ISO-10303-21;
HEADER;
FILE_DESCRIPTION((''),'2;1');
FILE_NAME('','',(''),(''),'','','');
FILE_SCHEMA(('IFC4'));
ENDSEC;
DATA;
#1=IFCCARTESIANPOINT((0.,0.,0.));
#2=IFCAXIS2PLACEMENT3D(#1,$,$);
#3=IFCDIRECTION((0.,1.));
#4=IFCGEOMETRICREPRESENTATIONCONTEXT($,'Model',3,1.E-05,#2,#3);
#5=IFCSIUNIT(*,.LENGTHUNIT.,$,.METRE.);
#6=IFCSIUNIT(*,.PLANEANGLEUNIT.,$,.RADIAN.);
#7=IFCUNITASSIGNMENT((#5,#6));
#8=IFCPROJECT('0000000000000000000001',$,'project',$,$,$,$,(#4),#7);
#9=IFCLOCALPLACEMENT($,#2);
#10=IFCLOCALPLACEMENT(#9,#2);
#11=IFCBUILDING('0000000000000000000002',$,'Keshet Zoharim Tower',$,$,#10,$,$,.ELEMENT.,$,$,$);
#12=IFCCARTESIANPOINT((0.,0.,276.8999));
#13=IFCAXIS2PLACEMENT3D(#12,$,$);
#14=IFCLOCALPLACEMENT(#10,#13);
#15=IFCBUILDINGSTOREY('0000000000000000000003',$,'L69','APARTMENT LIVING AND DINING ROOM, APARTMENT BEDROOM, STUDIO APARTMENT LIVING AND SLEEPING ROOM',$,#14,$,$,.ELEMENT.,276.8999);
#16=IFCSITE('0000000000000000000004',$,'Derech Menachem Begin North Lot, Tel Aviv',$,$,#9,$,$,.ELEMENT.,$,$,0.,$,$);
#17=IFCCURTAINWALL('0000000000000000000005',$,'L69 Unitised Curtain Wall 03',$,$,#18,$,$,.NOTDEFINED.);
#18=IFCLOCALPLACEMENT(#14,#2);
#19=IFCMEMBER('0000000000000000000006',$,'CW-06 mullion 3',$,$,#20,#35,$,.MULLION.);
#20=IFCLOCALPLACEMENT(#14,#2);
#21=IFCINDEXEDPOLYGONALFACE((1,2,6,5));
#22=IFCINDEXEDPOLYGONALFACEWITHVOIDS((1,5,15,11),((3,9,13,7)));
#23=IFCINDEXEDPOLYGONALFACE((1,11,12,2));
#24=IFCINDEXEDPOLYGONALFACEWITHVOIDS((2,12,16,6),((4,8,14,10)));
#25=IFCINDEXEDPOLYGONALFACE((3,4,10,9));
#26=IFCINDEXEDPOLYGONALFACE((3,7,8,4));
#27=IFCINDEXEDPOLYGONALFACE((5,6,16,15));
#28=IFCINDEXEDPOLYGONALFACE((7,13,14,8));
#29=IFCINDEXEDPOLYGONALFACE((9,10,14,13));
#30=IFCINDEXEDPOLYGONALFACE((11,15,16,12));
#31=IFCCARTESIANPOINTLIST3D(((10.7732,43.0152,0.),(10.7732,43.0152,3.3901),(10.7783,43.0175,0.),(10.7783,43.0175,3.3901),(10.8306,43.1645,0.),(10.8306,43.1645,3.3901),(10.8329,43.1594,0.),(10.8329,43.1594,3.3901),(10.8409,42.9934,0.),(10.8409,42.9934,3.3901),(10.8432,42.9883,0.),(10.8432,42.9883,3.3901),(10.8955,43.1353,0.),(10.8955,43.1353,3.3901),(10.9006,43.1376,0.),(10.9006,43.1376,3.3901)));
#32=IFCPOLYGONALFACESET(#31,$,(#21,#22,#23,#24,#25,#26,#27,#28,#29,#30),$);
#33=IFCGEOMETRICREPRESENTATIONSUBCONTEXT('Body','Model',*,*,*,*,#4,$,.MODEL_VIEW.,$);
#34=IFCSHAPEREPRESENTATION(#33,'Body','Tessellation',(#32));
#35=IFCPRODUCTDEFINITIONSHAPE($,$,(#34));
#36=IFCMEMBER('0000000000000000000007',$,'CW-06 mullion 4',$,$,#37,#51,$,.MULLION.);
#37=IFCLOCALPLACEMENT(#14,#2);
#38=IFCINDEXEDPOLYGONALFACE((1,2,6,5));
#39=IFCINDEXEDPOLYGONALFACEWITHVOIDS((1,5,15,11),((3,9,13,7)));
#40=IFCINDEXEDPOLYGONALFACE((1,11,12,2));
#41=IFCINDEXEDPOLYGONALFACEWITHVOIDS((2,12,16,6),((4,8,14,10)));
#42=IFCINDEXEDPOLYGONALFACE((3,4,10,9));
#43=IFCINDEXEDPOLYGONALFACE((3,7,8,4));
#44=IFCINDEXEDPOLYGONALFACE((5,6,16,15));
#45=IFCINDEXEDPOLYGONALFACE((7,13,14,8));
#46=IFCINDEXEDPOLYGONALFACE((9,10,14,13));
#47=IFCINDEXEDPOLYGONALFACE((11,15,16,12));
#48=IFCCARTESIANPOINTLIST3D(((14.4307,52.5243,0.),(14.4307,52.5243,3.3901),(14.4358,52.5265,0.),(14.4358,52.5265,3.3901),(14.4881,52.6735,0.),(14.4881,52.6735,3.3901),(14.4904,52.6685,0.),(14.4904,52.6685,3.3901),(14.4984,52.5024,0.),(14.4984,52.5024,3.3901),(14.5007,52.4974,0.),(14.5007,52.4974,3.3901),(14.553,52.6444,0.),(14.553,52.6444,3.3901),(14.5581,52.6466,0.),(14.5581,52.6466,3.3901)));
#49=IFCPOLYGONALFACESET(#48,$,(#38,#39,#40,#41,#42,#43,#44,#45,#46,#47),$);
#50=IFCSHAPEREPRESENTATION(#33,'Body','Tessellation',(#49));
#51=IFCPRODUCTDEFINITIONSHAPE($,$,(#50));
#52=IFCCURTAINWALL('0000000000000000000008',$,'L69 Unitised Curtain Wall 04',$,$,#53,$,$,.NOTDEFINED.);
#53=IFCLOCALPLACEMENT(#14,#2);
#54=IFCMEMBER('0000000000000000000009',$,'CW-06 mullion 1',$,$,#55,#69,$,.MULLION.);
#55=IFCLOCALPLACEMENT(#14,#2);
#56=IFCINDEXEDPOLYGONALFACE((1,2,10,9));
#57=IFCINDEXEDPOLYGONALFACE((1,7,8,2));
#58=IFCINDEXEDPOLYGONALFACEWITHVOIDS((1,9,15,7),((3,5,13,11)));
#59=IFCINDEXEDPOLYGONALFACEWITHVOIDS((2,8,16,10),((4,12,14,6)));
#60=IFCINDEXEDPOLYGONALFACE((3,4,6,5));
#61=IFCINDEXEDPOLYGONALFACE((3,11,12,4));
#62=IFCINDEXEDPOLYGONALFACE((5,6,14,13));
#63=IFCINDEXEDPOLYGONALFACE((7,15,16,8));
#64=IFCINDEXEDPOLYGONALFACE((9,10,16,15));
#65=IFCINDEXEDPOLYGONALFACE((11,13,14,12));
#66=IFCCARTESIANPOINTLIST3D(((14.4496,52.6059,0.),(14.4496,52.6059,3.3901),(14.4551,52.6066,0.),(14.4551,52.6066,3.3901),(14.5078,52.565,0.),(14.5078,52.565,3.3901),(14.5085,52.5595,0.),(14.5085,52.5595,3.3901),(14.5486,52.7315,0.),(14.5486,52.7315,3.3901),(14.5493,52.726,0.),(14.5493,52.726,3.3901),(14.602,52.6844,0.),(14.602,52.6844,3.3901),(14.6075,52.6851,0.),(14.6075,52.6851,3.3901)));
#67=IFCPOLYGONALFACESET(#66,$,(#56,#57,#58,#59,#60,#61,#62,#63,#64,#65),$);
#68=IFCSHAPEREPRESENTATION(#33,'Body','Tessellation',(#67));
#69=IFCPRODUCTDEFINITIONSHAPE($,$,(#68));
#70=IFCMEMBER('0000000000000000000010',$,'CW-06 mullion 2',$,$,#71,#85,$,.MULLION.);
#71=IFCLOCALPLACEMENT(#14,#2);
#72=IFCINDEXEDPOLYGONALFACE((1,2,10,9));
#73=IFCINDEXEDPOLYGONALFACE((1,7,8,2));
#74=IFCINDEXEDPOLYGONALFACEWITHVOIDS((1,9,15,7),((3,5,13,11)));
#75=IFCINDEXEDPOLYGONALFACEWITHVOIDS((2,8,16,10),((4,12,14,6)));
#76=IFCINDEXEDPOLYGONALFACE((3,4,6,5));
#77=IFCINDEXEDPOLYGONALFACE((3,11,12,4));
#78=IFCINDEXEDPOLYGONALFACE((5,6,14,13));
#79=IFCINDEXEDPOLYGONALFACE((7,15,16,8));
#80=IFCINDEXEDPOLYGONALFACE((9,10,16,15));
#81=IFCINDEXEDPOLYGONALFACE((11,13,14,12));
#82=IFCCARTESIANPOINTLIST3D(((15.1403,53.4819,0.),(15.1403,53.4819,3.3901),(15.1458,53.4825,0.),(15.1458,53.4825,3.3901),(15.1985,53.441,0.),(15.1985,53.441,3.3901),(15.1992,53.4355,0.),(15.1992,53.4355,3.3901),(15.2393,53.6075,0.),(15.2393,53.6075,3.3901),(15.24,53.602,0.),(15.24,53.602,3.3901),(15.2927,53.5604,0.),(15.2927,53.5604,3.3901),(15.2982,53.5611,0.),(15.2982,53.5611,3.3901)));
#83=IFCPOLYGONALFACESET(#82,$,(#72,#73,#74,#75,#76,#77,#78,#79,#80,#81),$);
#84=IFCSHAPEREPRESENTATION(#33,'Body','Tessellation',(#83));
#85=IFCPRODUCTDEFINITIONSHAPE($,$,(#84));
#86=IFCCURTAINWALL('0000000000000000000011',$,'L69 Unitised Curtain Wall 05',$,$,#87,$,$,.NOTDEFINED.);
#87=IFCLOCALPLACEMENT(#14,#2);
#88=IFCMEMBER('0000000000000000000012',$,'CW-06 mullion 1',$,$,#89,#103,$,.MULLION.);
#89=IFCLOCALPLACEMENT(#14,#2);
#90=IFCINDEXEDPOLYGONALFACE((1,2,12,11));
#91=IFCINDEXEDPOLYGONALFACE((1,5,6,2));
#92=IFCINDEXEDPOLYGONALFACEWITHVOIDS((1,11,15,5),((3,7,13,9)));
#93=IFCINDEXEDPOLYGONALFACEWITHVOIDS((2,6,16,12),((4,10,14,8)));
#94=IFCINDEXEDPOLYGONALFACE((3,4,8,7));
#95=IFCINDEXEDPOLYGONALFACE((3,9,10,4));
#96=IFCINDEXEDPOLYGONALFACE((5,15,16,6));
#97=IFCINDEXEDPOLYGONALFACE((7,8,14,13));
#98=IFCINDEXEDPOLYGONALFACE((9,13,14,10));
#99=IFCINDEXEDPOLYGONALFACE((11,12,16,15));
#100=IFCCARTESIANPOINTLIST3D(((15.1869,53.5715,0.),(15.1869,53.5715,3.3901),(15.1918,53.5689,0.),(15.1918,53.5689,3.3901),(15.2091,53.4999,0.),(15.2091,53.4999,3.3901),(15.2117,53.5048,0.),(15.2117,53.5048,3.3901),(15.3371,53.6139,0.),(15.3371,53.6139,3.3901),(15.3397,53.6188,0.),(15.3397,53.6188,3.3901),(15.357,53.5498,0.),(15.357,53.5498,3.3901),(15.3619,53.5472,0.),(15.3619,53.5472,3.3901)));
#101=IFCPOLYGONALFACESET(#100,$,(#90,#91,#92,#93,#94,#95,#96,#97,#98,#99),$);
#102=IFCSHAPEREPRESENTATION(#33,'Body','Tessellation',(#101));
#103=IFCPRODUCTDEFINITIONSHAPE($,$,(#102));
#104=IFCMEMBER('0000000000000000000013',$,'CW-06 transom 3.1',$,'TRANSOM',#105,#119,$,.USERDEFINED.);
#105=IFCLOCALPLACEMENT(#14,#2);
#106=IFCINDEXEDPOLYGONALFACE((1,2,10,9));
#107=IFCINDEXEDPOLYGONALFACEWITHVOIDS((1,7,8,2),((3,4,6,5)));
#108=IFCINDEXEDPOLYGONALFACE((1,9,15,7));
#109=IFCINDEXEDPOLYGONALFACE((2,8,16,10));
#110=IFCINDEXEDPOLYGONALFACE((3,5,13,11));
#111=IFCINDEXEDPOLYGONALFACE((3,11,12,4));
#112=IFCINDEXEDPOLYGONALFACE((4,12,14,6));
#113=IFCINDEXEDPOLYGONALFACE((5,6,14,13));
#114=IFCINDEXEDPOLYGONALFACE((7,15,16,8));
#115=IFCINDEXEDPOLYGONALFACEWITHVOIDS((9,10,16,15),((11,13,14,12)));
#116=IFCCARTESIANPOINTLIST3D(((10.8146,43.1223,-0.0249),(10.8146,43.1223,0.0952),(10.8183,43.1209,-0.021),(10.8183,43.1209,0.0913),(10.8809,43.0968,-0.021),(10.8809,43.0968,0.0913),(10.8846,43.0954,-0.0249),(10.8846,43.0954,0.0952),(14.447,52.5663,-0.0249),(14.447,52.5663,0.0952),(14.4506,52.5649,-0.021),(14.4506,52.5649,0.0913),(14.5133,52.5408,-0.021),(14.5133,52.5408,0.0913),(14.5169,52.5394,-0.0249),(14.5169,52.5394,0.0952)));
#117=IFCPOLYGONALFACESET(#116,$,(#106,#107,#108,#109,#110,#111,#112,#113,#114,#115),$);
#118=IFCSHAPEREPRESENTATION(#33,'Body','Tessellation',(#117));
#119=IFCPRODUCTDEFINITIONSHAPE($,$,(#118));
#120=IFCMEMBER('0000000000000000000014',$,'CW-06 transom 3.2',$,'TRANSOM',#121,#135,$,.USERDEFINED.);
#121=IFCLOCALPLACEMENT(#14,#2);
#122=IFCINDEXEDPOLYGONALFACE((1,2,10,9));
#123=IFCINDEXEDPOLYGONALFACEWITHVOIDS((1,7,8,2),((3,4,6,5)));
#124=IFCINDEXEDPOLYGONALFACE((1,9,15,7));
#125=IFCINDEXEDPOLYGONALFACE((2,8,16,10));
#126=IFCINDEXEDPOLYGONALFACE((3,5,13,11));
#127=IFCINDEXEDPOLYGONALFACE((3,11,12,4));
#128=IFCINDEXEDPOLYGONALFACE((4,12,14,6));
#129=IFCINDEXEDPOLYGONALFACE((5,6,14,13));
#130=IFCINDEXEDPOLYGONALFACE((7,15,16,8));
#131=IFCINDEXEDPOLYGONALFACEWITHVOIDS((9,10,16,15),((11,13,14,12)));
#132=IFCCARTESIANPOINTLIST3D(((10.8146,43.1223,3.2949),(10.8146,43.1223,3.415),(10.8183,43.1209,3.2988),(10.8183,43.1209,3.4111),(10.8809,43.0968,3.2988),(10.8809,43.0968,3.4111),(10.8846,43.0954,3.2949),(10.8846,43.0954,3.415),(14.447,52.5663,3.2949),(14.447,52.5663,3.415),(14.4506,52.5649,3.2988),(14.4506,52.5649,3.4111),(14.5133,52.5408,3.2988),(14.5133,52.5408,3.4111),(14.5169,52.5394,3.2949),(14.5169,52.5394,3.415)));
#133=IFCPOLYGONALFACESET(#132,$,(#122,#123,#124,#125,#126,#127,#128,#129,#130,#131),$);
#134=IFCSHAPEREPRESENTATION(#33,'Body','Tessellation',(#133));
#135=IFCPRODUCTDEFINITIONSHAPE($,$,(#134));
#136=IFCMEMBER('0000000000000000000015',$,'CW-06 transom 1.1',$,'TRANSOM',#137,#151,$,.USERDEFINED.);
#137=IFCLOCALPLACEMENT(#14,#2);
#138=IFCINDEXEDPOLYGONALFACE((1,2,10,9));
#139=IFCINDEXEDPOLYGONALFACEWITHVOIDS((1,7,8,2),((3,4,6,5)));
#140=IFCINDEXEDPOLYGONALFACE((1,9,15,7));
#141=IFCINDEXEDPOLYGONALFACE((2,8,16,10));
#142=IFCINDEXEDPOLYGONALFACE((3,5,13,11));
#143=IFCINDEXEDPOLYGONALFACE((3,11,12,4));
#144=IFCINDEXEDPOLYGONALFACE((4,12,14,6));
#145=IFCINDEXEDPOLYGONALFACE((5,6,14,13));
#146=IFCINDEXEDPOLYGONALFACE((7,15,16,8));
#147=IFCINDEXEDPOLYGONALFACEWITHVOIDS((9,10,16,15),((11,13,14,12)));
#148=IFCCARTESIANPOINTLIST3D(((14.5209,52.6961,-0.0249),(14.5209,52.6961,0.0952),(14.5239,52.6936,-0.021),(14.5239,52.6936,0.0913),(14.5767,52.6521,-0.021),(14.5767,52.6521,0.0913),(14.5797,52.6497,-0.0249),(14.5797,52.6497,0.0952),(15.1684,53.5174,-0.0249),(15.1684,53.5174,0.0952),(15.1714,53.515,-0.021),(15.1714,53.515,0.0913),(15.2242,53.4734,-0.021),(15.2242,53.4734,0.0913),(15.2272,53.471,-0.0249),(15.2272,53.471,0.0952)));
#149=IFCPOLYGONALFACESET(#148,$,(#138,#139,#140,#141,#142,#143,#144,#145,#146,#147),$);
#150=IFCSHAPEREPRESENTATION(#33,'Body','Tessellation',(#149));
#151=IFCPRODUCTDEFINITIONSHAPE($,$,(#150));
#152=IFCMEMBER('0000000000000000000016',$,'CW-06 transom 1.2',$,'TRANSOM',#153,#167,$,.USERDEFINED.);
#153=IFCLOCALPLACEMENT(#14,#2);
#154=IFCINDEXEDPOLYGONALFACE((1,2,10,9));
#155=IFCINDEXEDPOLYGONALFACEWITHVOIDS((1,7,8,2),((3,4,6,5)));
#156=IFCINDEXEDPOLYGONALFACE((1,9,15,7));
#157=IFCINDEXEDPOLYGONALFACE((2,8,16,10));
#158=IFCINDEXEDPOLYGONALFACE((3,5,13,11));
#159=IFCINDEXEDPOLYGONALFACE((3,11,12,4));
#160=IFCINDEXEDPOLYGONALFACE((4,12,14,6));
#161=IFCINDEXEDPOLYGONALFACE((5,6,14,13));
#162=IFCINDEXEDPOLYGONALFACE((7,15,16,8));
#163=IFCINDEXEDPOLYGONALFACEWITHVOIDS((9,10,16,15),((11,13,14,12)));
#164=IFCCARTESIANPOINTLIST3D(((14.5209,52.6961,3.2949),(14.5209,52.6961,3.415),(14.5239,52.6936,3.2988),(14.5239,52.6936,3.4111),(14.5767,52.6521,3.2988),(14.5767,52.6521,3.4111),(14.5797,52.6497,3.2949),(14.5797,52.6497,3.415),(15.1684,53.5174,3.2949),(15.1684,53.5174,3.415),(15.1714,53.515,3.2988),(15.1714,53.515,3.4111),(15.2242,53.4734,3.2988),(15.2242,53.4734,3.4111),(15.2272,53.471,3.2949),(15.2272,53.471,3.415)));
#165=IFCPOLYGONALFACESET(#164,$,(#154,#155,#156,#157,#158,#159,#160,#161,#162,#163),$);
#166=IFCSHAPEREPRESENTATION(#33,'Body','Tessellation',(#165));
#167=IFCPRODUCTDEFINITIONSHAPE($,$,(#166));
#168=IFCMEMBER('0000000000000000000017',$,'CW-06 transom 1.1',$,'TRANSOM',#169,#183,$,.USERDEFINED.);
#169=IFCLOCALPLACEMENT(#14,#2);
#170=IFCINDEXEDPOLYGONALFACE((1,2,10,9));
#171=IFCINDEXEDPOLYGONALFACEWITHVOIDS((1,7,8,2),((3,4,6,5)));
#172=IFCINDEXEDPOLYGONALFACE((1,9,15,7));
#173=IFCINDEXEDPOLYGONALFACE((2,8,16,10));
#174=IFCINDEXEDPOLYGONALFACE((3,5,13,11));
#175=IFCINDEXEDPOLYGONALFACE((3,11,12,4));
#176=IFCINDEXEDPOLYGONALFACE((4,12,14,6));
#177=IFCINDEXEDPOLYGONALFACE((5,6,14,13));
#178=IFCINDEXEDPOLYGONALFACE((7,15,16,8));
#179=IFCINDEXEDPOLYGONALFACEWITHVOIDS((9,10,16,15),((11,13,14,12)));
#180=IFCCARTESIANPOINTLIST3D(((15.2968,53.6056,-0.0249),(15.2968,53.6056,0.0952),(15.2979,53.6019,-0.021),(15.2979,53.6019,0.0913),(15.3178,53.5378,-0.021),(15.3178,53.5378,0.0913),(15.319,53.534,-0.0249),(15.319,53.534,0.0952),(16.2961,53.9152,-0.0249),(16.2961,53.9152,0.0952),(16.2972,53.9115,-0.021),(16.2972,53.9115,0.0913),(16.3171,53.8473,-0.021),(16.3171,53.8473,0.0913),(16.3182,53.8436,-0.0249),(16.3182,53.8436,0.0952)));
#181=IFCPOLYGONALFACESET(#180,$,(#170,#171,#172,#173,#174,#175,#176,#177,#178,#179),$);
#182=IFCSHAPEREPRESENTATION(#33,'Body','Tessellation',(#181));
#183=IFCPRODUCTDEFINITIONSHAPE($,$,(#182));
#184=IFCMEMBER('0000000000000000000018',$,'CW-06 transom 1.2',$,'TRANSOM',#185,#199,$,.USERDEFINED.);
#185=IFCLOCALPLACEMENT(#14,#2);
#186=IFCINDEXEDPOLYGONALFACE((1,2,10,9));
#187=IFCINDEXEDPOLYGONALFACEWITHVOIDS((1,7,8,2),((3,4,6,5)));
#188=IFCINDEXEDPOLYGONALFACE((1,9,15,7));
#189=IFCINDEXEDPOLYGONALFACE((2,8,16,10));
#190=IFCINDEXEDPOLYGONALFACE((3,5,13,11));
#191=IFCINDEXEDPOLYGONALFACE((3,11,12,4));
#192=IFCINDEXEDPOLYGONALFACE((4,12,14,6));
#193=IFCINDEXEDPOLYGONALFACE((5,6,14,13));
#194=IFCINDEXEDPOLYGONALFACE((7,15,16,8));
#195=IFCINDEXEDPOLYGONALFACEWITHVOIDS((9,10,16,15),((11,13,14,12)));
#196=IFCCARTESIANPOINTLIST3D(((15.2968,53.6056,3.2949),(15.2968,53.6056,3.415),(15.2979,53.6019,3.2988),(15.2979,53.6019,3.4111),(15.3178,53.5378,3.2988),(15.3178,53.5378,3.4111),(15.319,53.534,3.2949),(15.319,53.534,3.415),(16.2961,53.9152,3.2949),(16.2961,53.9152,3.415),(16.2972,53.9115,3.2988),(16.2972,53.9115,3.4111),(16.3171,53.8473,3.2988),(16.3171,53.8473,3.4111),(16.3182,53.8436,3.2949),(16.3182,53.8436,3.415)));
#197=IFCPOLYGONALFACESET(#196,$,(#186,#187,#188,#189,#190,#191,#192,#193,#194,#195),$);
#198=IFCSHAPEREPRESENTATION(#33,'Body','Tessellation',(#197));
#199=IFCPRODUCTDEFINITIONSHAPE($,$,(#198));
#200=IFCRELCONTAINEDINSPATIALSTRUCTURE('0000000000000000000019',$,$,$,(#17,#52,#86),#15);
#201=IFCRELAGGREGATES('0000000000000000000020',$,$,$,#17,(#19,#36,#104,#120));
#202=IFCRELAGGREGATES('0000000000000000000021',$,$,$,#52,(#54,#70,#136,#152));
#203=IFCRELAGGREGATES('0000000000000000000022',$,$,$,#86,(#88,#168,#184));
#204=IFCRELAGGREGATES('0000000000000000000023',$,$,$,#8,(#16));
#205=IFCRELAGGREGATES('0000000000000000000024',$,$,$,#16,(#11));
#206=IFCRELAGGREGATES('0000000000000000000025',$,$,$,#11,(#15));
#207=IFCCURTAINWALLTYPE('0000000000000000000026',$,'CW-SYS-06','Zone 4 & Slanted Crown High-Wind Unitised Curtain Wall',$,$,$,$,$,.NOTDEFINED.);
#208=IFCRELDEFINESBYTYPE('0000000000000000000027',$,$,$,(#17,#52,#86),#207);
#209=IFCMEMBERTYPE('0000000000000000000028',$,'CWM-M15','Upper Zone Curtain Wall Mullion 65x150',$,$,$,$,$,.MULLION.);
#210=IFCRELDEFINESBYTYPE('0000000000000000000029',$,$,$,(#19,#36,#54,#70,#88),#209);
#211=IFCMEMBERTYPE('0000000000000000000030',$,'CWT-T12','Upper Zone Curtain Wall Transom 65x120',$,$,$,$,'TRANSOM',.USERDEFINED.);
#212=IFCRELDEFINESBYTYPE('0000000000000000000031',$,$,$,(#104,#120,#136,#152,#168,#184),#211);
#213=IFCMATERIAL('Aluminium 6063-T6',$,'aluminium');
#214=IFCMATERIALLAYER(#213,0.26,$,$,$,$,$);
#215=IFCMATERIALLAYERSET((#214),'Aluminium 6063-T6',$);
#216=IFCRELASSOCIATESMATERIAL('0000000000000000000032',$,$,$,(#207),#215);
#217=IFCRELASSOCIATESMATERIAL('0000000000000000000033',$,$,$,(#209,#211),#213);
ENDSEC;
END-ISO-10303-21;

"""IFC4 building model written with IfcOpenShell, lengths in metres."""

from ifc_helpers import new_model, si_unit, direction, frame, origin, origin_2d, place, context, subcontext, project, spatial, hollow_rectangle, extrude, material, layer, layer_set, material_profile, profile_set, type_object, element, aggregate, save


model = new_model("IFC4")

# Units and contexts
model_context = context("Model", 3, precision=1e-05, world=origin(), true_north=direction((0.0, 1.0)))
body_context = subcontext(model_context, "Body", "Model", "MODEL_VIEW")
ifc_project = project(units=[si_unit("LENGTHUNIT", "METRE"), si_unit("PLANEANGLEUNIT", "RADIAN")], contexts=[model_context])

# Site, building, storey
site_placement = place(None, origin())
site = spatial("IfcSite", under=ifc_project, at=site_placement, Name="Derech Menachem Begin North Lot, Tel Aviv", CompositionType="ELEMENT", RefElevation=0.0)
building_placement = place(site_placement, origin())
building = spatial("IfcBuilding", under=site, at=building_placement, Name="Keshet Zoharim Tower", CompositionType="ELEMENT")
storey_placement = place(building_placement, frame((0.0, 0.0, 276.8999)))
storey = spatial("IfcBuildingStorey", under=building, at=storey_placement, Name="L69", Description="APARTMENT LIVING AND DINING ROOM, APARTMENT BEDROOM, STUDIO APARTMENT LIVING AND SLEEPING ROOM", CompositionType="ELEMENT", Elevation=276.8999)

# Curtain walls, members
ifc_material_1 = material(Name="Aluminium 6063-T6", Category="aluminium")
ifc_layer_1 = layer(ifc_material_1, 0.26)
ifc_layer_set_1 = layer_set([ifc_layer_1], Name="Aluminium 6063-T6")
curtain_wall_type = type_object("IfcCurtainWallType", Name="CW-SYS-06", Description="Zone 4 & Slanted Crown High-Wind Unitised Curtain Wall", PredefinedType="NOTDEFINED", material=ifc_layer_set_1)
curtain_wall_1_placement = place(storey_placement, origin())
curtain_wall_1 = element("IfcCurtainWall", 1, at=curtain_wall_1_placement, inside=storey, type_object=curtain_wall_type, Name="L69 Unitised Curtain Wall 03", PredefinedType="NOTDEFINED")
ifc_material_profile_1 = material_profile(ifc_material_1, hollow_rectangle(XDim=0.075, YDim=0.1599, WallThickness=0.0039, at=origin_2d()), Name="MUL-75x160")
ifc_profile_set_1 = profile_set([ifc_material_profile_1], Name="Aluminium 6063-T6")
member_type_1 = type_object("IfcMemberType", Name="CWM-M15", Description="Upper Zone Curtain Wall Mullion 65x150", PredefinedType="MULLION", material=ifc_profile_set_1)
member_1_placement = place(storey_placement, frame((10.8369, 43.0764, 0.0), z_axis=(0.0, 0.0, 1.0), x_axis=(-0.933341, 0.35899, 0.0)))
member_1 = element("IfcMember", 2, at=member_1_placement, type_object=member_type_1, Name="CW-06 mullion 3", PredefinedType="MULLION", context=body_context, shape_type="SweptSolid", body=[
    extrude(hollow_rectangle(XDim=0.075, YDim=0.1599, WallThickness=0.0039, at=origin_2d()), origin(), (0.0, 0.0, 1.0), 3.3901),
])
member_2_placement = place(storey_placement, frame((14.4944, 52.5854, 0.0), z_axis=(0.0, 0.0, 1.0), x_axis=(-0.933341, 0.35899, 0.0)))
member_2 = element("IfcMember", 3, at=member_2_placement, type_object=member_type_1, Name="CW-06 mullion 4", PredefinedType="MULLION", context=body_context, shape_type="SweptSolid", body=[
    extrude(hollow_rectangle(XDim=0.075, YDim=0.1599, WallThickness=0.0039, at=origin_2d()), origin(), (0.0, 0.0, 1.0), 3.3901),
])
curtain_wall_2_placement = place(storey_placement, origin())
curtain_wall_2 = element("IfcCurtainWall", 4, at=curtain_wall_2_placement, inside=storey, type_object=curtain_wall_type, Name="L69 Unitised Curtain Wall 04", PredefinedType="NOTDEFINED")
member_3_placement = place(storey_placement, frame((14.5286, 52.6455, 0.0), z_axis=(0.0, 0.0, 1.0), x_axis=(-0.785293, 0.619125, 0.0)))
member_3 = element("IfcMember", 5, at=member_3_placement, type_object=member_type_1, Name="CW-06 mullion 1", PredefinedType="MULLION", context=body_context, shape_type="SweptSolid", body=[
    extrude(hollow_rectangle(XDim=0.075, YDim=0.1599, WallThickness=0.0039, at=origin_2d()), origin(), (0.0, 0.0, 1.0), 3.3901),
])
member_4_placement = place(storey_placement, frame((15.2192, 53.5215, 0.0), z_axis=(0.0, 0.0, 1.0), x_axis=(-0.785293, 0.619125, 0.0)))
member_4 = element("IfcMember", 6, at=member_4_placement, type_object=member_type_1, Name="CW-06 mullion 2", PredefinedType="MULLION", context=body_context, shape_type="SweptSolid", body=[
    extrude(hollow_rectangle(XDim=0.075, YDim=0.1599, WallThickness=0.0039, at=origin_2d()), origin(), (0.0, 0.0, 1.0), 3.3901),
])

# Curtain wall, member
curtain_wall_3_placement = place(storey_placement, origin())
curtain_wall_3 = element("IfcCurtainWall", 7, at=curtain_wall_3_placement, inside=storey, type_object=curtain_wall_type, Name="L69 Unitised Curtain Wall 05", PredefinedType="NOTDEFINED")
member_5_placement = place(storey_placement, frame((15.2744, 53.5593, 0.0), z_axis=(0.0, 0.0, 1.0), x_axis=(-0.295922, 0.955212, 0.0)))
member_5 = element("IfcMember", 8, at=member_5_placement, type_object=member_type_1, Name="CW-06 mullion 1", PredefinedType="MULLION", context=body_context, shape_type="SweptSolid", body=[
    extrude(hollow_rectangle(XDim=0.075, YDim=0.1599, WallThickness=0.0039, at=origin_2d()), origin(), (0.0, 0.0, 1.0), 3.3901),
])

# Members
ifc_material_profile_2 = material_profile(ifc_material_1, hollow_rectangle(XDim=0.075, YDim=0.1201, WallThickness=0.0039, at=origin_2d()), Name="TRN-75x120")
ifc_profile_set_2 = profile_set([ifc_material_profile_2], Name="Aluminium 6063-T6")
member_type_2 = type_object("IfcMemberType", Name="CWT-T12", Description="Upper Zone Curtain Wall Transom 65x120", ElementType="TRANSOM", PredefinedType="USERDEFINED", material=ifc_profile_set_2)
member_6_placement = place(storey_placement, frame((10.8496, 43.1089, 0.0352), z_axis=(0.358986, 0.933343, 0.0), x_axis=(-0.933343, 0.358986, 0.0)))
member_6 = element("IfcMember", 9, at=member_6_placement, type_object=member_type_2, Name="CW-06 transom 3.1", ObjectType="TRANSOM", PredefinedType="USERDEFINED", context=body_context, shape_type="SweptSolid", body=[
    extrude(hollow_rectangle(XDim=0.075, YDim=0.1201, WallThickness=0.0039, at=origin_2d()), origin(), (0.0, 0.0, 1.0), 10.1184),
])
member_7_placement = place(storey_placement, frame((10.8496, 43.1089, 3.355), z_axis=(0.358986, 0.933343, 0.0), x_axis=(-0.933343, 0.358986, 0.0)))
member_7 = element("IfcMember", 10, at=member_7_placement, type_object=member_type_2, Name="CW-06 transom 3.2", ObjectType="TRANSOM", PredefinedType="USERDEFINED", context=body_context, shape_type="SweptSolid", body=[
    extrude(hollow_rectangle(XDim=0.075, YDim=0.1201, WallThickness=0.0039, at=origin_2d()), origin(), (0.0, 0.0, 1.0), 10.1184),
])
member_8_placement = place(storey_placement, frame((14.5503, 52.6729, 0.0352), z_axis=(0.619099, 0.785313, 0.0), x_axis=(-0.785313, 0.619099, 0.0)))
member_8 = element("IfcMember", 11, at=member_8_placement, type_object=member_type_2, Name="CW-06 transom 1.1", ObjectType="TRANSOM", PredefinedType="USERDEFINED", context=body_context, shape_type="SweptSolid", body=[
    extrude(hollow_rectangle(XDim=0.075, YDim=0.1201, WallThickness=0.0039, at=origin_2d()), origin(), (0.0, 0.0, 1.0), 1.0459),
])
member_9_placement = place(storey_placement, frame((14.5503, 52.6729, 3.355), z_axis=(0.619099, 0.785313, 0.0), x_axis=(-0.785313, 0.619099, 0.0)))
member_9 = element("IfcMember", 12, at=member_9_placement, type_object=member_type_2, Name="CW-06 transom 1.2", ObjectType="TRANSOM", PredefinedType="USERDEFINED", context=body_context, shape_type="SweptSolid", body=[
    extrude(hollow_rectangle(XDim=0.075, YDim=0.1201, WallThickness=0.0039, at=origin_2d()), origin(), (0.0, 0.0, 1.0), 1.0459),
])
member_10_placement = place(storey_placement, frame((15.3079, 53.5698, 0.0352), z_axis=(0.955212, 0.295922, 0.0), x_axis=(-0.295922, 0.955212, 0.0)))
member_10 = element("IfcMember", 13, at=member_10_placement, type_object=member_type_2, Name="CW-06 transom 1.1", ObjectType="TRANSOM", PredefinedType="USERDEFINED", context=body_context, shape_type="SweptSolid", body=[
    extrude(hollow_rectangle(XDim=0.075, YDim=0.1201, WallThickness=0.0039, at=origin_2d()), origin(), (0.0, 0.0, 1.0), 1.0461),
])
member_11_placement = place(storey_placement, frame((15.3079, 53.5698, 3.355), z_axis=(0.955212, 0.295922, 0.0), x_axis=(-0.295922, 0.955212, 0.0)))
member_11 = element("IfcMember", 14, at=member_11_placement, type_object=member_type_2, Name="CW-06 transom 1.2", ObjectType="TRANSOM", PredefinedType="USERDEFINED", context=body_context, shape_type="SweptSolid", body=[
    extrude(hollow_rectangle(XDim=0.075, YDim=0.1201, WallThickness=0.0039, at=origin_2d()), origin(), (0.0, 0.0, 1.0), 1.0461),
])

aggregate(curtain_wall_1, [member_1, member_2, member_6, member_7])
aggregate(curtain_wall_2, [member_3, member_4, member_8, member_9])
aggregate(curtain_wall_3, [member_5, member_10, member_11])

save(model, "model.ifc")
